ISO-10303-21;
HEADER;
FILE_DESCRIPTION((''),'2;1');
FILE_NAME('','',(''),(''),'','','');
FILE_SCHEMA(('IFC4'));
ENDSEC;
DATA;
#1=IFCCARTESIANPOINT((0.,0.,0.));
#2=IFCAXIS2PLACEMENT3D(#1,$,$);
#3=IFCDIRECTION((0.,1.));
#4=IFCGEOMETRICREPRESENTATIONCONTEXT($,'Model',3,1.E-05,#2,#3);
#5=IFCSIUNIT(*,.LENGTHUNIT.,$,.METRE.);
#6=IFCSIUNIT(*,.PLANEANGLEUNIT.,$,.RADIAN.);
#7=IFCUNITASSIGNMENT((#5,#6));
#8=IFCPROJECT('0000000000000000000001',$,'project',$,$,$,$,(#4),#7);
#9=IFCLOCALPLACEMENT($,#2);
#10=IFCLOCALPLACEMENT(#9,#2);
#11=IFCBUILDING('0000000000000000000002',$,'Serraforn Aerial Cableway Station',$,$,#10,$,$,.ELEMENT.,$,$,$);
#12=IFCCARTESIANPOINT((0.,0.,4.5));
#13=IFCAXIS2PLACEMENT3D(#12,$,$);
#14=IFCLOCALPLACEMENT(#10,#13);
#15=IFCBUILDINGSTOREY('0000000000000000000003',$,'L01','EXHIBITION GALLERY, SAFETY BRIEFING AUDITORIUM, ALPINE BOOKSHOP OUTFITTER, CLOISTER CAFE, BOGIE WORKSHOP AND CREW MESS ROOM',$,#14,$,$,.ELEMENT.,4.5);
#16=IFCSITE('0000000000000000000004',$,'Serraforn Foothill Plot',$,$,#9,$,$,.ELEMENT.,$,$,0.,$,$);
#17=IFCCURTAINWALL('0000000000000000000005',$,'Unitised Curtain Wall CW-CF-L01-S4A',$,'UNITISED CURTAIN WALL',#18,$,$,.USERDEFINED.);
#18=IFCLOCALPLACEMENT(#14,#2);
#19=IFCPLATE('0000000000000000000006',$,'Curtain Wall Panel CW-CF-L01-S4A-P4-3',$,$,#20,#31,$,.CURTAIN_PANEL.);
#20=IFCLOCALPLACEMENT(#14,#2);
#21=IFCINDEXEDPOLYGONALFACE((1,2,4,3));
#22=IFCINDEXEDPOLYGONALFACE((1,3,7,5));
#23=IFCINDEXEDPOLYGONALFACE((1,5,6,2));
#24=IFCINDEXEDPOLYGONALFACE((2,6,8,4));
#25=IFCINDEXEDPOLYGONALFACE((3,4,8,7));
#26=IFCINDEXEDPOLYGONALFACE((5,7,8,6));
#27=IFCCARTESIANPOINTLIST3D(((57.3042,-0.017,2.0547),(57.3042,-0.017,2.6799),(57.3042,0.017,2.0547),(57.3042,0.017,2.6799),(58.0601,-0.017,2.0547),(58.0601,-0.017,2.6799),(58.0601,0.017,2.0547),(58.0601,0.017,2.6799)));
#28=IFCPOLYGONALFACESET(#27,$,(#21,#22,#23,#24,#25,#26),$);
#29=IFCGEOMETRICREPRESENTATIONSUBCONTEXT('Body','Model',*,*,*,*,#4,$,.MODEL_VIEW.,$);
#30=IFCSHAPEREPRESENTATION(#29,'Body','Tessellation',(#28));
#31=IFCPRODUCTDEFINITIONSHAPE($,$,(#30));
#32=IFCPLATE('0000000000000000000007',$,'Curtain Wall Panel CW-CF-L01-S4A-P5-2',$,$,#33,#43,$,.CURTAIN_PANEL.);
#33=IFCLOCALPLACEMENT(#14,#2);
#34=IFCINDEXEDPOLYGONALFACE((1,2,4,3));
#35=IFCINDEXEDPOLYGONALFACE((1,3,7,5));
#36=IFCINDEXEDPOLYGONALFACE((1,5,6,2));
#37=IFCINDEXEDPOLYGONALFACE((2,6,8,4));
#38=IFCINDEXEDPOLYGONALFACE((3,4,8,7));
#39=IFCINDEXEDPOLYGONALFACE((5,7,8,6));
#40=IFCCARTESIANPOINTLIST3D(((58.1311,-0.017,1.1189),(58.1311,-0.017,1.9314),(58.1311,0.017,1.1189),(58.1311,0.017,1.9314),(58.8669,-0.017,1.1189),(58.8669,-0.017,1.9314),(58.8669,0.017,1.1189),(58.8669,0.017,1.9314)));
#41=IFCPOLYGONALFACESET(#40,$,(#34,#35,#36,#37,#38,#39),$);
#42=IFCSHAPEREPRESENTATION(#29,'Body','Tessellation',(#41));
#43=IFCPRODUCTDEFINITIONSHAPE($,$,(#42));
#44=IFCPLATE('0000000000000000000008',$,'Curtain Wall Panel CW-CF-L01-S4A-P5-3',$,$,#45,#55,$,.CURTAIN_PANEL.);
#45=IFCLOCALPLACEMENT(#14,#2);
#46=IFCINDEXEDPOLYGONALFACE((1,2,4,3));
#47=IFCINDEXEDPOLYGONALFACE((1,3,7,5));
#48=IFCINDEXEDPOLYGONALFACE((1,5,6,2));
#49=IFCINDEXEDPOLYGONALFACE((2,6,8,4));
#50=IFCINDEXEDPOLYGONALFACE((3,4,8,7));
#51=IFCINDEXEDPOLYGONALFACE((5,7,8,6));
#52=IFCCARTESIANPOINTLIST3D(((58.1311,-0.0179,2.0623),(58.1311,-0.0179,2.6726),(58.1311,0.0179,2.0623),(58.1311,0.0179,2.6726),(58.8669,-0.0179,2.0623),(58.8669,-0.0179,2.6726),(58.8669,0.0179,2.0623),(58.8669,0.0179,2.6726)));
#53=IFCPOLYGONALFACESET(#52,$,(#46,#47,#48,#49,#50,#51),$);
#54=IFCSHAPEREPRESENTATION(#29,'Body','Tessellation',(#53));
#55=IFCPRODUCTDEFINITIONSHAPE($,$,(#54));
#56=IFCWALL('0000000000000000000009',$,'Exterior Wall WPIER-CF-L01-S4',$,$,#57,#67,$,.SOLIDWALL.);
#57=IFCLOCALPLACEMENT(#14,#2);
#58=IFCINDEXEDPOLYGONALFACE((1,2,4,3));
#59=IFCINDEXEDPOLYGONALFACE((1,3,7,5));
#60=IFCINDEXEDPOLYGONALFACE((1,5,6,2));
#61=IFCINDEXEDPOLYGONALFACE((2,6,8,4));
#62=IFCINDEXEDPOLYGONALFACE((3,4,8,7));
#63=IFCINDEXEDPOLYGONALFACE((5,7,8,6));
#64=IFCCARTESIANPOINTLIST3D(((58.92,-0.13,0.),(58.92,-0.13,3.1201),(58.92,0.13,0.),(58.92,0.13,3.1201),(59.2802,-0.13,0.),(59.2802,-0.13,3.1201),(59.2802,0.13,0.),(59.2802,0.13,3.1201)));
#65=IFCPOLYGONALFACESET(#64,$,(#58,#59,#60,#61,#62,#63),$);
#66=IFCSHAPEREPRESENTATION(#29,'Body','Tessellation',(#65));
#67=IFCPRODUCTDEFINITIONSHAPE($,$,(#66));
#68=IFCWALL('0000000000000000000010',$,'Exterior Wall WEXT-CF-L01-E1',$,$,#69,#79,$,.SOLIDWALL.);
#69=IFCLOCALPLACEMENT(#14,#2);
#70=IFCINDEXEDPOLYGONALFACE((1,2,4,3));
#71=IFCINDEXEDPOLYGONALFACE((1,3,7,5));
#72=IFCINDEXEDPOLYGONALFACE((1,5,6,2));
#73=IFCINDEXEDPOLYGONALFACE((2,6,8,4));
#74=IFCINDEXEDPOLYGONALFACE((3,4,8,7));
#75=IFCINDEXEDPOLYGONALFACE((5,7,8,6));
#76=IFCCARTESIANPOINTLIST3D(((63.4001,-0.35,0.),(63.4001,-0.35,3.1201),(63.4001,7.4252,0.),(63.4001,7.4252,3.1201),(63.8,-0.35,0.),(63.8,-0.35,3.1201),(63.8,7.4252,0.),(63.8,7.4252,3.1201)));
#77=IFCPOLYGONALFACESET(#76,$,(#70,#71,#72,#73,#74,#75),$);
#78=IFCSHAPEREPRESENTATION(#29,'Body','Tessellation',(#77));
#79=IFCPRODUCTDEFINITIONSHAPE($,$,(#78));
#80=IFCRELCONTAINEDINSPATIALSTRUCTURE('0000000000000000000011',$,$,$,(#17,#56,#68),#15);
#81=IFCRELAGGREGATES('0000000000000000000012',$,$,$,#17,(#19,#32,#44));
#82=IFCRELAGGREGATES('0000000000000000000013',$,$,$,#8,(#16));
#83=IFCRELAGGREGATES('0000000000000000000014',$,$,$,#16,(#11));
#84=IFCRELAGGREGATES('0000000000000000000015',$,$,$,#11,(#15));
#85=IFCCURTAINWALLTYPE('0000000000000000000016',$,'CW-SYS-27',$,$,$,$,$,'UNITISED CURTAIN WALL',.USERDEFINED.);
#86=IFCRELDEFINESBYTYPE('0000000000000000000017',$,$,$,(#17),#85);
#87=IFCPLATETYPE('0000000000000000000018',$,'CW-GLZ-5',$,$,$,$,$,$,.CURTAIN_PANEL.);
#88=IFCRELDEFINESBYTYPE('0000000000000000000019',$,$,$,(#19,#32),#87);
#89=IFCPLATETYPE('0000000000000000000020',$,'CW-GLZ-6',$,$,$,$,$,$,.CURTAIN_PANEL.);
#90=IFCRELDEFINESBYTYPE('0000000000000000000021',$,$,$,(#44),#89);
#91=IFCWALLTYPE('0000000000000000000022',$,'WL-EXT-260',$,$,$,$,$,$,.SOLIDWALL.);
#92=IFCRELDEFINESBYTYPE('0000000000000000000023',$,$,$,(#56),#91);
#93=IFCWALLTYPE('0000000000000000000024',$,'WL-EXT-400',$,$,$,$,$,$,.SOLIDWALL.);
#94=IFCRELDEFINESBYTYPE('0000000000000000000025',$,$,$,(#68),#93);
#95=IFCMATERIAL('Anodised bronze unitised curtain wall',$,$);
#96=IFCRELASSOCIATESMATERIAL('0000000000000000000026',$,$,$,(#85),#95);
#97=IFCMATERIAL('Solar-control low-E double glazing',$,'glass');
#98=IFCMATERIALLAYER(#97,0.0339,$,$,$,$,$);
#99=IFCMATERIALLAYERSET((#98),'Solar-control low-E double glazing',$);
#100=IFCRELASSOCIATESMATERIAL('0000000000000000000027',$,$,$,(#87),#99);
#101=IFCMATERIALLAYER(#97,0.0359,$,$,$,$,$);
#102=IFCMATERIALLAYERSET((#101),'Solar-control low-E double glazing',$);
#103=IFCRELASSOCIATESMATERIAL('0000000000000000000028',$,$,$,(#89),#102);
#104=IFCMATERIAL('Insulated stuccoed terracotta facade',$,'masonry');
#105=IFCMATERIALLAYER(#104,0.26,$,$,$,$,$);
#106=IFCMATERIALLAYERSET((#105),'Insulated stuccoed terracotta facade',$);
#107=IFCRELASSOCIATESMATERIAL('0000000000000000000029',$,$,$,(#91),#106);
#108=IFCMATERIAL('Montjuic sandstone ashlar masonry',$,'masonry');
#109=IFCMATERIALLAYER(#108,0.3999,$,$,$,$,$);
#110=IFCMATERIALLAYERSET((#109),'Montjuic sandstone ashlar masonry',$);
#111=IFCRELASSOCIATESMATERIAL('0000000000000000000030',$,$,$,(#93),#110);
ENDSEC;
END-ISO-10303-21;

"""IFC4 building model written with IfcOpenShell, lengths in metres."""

from ifc_helpers import new_model, si_unit, direction, frame, frame_2d, origin, origin_2d, place, context, subcontext, project, spatial, rectangle, extrude, material, layer, layer_set, type_object, element, aggregate, save


model = new_model("IFC4")

# Units and contexts
model_context = context("Model", 3, precision=1e-05, world=origin(), true_north=direction((0.0, 1.0)))
body_context = subcontext(model_context, "Body", "Model", "MODEL_VIEW")
ifc_project = project(units=[si_unit("LENGTHUNIT", "METRE"), si_unit("PLANEANGLEUNIT", "RADIAN")], contexts=[model_context])

# Site, building, storey
site_placement = place(None, origin())
site = spatial("IfcSite", under=ifc_project, at=site_placement, Name="Serraforn Foothill Plot", CompositionType="ELEMENT", RefElevation=0.0)
building_placement = place(site_placement, origin())
building = spatial("IfcBuilding", under=site, at=building_placement, Name="Serraforn Aerial Cableway Station", CompositionType="ELEMENT")
storey_placement = place(building_placement, frame((0.0, 0.0, 4.5)))
storey = spatial("IfcBuildingStorey", under=building, at=storey_placement, Name="L01", Description="EXHIBITION GALLERY, SAFETY BRIEFING AUDITORIUM, ALPINE BOOKSHOP OUTFITTER, CLOISTER CAFE, BOGIE WORKSHOP AND CREW MESS ROOM", CompositionType="ELEMENT", Elevation=4.5)

# Curtain wall
ifc_material_1 = material(Name="Anodised bronze unitised curtain wall")
curtain_wall_type_1 = type_object("IfcCurtainWallType", Name="CW-SYS-27", ElementType="UNITISED CURTAIN WALL", PredefinedType="USERDEFINED", material=ifc_material_1)
curtain_wall_1_placement = place(storey_placement, origin())
curtain_wall_1 = element("IfcCurtainWall", 1, at=curtain_wall_1_placement, inside=storey, type_object=curtain_wall_type_1, Name="Unitised Curtain Wall CW-CF-L01-S4A", ObjectType="UNITISED CURTAIN WALL", PredefinedType="USERDEFINED")

# Plates
ifc_material_2 = material(Name="Solar-control low-E double glazing", Category="glass")
ifc_layer_1 = layer(ifc_material_2, 0.0339)
ifc_layer_set_1 = layer_set([ifc_layer_1], Name="Solar-control low-E double glazing")
plate_type_1 = type_object("IfcPlateType", Name="CW-GLZ-5", PredefinedType="CURTAIN_PANEL", material=ifc_layer_set_1)
plate_1_placement = place(storey_placement, frame((57.6821, 0.0, 2.0547), z_axis=(0.0, 0.0, 1.0), x_axis=(1.0, 0.0, 0.0)))
plate_1 = element("IfcPlate", 2, at=plate_1_placement, type_object=plate_type_1, Name="Curtain Wall Panel CW-CF-L01-S4A-P4-3", PredefinedType="CURTAIN_PANEL", context=body_context, shape_type="SweptSolid", body=[
    extrude(rectangle(XDim=0.7559, YDim=0.0339, at=origin_2d()), origin(), (0.0, 0.0, 1.0), 0.6252),
])
plate_2_placement = place(storey_placement, frame((58.499, 0.0, 1.1189), z_axis=(0.0, 0.0, 1.0), x_axis=(1.0, 0.0, 0.0)))
plate_2 = element("IfcPlate", 3, at=plate_2_placement, type_object=plate_type_1, Name="Curtain Wall Panel CW-CF-L01-S4A-P5-2", PredefinedType="CURTAIN_PANEL", context=body_context, shape_type="SweptSolid", body=[
    extrude(rectangle(XDim=0.7358, YDim=0.0339, at=origin_2d()), origin(), (0.0, 0.0, 1.0), 0.8125),
])
ifc_layer_2 = layer(ifc_material_2, 0.0359)
ifc_layer_set_2 = layer_set([ifc_layer_2], Name="Solar-control low-E double glazing")
plate_type_2 = type_object("IfcPlateType", Name="CW-GLZ-6", PredefinedType="CURTAIN_PANEL", material=ifc_layer_set_2)
plate_3_placement = place(storey_placement, frame((58.499, 0.0, 2.0623), z_axis=(0.0, 0.0, 1.0), x_axis=(1.0, 0.0, 0.0)))
plate_3 = element("IfcPlate", 4, at=plate_3_placement, type_object=plate_type_2, Name="Curtain Wall Panel CW-CF-L01-S4A-P5-3", PredefinedType="CURTAIN_PANEL", context=body_context, shape_type="SweptSolid", body=[
    extrude(rectangle(XDim=0.7358, YDim=0.0359, at=origin_2d()), origin(), (0.0, 0.0, 1.0), 0.6104),
])
aggregate(curtain_wall_1, [plate_1, plate_2, plate_3])

# Walls
ifc_material_3 = material(Name="Insulated stuccoed terracotta facade", Category="masonry")
ifc_layer_3 = layer(ifc_material_3, 0.26)
ifc_layer_set_3 = layer_set([ifc_layer_3], Name="Insulated stuccoed terracotta facade")
wall_type_1 = type_object("IfcWallType", Name="WL-EXT-260", PredefinedType="SOLIDWALL", material=ifc_layer_set_3)
wall_1_placement = place(storey_placement, frame((58.9199, 0.0, 0.0), z_axis=(0.0, 0.0, 1.0), x_axis=(1.0, 0.0, 0.0)))
element("IfcWall", 5, at=wall_1_placement, inside=storey, type_object=wall_type_1, Name="Exterior Wall WPIER-CF-L01-S4", PredefinedType="SOLIDWALL", context=body_context, shape_type="SweptSolid", body=[
    extrude(rectangle(XDim=0.3601, YDim=0.26, at=frame_2d((0.1802, 0.0))), origin(), (0.0, 0.0, 1.0), 3.1201),
])
ifc_material_4 = material(Name="Montjuic sandstone ashlar masonry", Category="masonry")
ifc_layer_4 = layer(ifc_material_4, 0.3999)
ifc_layer_set_4 = layer_set([ifc_layer_4], Name="Montjuic sandstone ashlar masonry")
wall_type_2 = type_object("IfcWallType", Name="WL-EXT-400", PredefinedType="SOLIDWALL", material=ifc_layer_set_4)
wall_2_placement = place(storey_placement, frame((63.6001, -0.3501, 0.0), z_axis=(0.0, 0.0, 1.0), x_axis=(0.0, 1.0, 0.0)))
element("IfcWall", 6, at=wall_2_placement, inside=storey, type_object=wall_type_2, Name="Exterior Wall WEXT-CF-L01-E1", PredefinedType="SOLIDWALL", context=body_context, shape_type="SweptSolid", body=[
    extrude(rectangle(XDim=7.7751, YDim=0.3999, at=frame_2d((3.8877, 0.0))), origin(), (0.0, 0.0, 1.0), 3.1201),
])

save(model, "model.ifc")
